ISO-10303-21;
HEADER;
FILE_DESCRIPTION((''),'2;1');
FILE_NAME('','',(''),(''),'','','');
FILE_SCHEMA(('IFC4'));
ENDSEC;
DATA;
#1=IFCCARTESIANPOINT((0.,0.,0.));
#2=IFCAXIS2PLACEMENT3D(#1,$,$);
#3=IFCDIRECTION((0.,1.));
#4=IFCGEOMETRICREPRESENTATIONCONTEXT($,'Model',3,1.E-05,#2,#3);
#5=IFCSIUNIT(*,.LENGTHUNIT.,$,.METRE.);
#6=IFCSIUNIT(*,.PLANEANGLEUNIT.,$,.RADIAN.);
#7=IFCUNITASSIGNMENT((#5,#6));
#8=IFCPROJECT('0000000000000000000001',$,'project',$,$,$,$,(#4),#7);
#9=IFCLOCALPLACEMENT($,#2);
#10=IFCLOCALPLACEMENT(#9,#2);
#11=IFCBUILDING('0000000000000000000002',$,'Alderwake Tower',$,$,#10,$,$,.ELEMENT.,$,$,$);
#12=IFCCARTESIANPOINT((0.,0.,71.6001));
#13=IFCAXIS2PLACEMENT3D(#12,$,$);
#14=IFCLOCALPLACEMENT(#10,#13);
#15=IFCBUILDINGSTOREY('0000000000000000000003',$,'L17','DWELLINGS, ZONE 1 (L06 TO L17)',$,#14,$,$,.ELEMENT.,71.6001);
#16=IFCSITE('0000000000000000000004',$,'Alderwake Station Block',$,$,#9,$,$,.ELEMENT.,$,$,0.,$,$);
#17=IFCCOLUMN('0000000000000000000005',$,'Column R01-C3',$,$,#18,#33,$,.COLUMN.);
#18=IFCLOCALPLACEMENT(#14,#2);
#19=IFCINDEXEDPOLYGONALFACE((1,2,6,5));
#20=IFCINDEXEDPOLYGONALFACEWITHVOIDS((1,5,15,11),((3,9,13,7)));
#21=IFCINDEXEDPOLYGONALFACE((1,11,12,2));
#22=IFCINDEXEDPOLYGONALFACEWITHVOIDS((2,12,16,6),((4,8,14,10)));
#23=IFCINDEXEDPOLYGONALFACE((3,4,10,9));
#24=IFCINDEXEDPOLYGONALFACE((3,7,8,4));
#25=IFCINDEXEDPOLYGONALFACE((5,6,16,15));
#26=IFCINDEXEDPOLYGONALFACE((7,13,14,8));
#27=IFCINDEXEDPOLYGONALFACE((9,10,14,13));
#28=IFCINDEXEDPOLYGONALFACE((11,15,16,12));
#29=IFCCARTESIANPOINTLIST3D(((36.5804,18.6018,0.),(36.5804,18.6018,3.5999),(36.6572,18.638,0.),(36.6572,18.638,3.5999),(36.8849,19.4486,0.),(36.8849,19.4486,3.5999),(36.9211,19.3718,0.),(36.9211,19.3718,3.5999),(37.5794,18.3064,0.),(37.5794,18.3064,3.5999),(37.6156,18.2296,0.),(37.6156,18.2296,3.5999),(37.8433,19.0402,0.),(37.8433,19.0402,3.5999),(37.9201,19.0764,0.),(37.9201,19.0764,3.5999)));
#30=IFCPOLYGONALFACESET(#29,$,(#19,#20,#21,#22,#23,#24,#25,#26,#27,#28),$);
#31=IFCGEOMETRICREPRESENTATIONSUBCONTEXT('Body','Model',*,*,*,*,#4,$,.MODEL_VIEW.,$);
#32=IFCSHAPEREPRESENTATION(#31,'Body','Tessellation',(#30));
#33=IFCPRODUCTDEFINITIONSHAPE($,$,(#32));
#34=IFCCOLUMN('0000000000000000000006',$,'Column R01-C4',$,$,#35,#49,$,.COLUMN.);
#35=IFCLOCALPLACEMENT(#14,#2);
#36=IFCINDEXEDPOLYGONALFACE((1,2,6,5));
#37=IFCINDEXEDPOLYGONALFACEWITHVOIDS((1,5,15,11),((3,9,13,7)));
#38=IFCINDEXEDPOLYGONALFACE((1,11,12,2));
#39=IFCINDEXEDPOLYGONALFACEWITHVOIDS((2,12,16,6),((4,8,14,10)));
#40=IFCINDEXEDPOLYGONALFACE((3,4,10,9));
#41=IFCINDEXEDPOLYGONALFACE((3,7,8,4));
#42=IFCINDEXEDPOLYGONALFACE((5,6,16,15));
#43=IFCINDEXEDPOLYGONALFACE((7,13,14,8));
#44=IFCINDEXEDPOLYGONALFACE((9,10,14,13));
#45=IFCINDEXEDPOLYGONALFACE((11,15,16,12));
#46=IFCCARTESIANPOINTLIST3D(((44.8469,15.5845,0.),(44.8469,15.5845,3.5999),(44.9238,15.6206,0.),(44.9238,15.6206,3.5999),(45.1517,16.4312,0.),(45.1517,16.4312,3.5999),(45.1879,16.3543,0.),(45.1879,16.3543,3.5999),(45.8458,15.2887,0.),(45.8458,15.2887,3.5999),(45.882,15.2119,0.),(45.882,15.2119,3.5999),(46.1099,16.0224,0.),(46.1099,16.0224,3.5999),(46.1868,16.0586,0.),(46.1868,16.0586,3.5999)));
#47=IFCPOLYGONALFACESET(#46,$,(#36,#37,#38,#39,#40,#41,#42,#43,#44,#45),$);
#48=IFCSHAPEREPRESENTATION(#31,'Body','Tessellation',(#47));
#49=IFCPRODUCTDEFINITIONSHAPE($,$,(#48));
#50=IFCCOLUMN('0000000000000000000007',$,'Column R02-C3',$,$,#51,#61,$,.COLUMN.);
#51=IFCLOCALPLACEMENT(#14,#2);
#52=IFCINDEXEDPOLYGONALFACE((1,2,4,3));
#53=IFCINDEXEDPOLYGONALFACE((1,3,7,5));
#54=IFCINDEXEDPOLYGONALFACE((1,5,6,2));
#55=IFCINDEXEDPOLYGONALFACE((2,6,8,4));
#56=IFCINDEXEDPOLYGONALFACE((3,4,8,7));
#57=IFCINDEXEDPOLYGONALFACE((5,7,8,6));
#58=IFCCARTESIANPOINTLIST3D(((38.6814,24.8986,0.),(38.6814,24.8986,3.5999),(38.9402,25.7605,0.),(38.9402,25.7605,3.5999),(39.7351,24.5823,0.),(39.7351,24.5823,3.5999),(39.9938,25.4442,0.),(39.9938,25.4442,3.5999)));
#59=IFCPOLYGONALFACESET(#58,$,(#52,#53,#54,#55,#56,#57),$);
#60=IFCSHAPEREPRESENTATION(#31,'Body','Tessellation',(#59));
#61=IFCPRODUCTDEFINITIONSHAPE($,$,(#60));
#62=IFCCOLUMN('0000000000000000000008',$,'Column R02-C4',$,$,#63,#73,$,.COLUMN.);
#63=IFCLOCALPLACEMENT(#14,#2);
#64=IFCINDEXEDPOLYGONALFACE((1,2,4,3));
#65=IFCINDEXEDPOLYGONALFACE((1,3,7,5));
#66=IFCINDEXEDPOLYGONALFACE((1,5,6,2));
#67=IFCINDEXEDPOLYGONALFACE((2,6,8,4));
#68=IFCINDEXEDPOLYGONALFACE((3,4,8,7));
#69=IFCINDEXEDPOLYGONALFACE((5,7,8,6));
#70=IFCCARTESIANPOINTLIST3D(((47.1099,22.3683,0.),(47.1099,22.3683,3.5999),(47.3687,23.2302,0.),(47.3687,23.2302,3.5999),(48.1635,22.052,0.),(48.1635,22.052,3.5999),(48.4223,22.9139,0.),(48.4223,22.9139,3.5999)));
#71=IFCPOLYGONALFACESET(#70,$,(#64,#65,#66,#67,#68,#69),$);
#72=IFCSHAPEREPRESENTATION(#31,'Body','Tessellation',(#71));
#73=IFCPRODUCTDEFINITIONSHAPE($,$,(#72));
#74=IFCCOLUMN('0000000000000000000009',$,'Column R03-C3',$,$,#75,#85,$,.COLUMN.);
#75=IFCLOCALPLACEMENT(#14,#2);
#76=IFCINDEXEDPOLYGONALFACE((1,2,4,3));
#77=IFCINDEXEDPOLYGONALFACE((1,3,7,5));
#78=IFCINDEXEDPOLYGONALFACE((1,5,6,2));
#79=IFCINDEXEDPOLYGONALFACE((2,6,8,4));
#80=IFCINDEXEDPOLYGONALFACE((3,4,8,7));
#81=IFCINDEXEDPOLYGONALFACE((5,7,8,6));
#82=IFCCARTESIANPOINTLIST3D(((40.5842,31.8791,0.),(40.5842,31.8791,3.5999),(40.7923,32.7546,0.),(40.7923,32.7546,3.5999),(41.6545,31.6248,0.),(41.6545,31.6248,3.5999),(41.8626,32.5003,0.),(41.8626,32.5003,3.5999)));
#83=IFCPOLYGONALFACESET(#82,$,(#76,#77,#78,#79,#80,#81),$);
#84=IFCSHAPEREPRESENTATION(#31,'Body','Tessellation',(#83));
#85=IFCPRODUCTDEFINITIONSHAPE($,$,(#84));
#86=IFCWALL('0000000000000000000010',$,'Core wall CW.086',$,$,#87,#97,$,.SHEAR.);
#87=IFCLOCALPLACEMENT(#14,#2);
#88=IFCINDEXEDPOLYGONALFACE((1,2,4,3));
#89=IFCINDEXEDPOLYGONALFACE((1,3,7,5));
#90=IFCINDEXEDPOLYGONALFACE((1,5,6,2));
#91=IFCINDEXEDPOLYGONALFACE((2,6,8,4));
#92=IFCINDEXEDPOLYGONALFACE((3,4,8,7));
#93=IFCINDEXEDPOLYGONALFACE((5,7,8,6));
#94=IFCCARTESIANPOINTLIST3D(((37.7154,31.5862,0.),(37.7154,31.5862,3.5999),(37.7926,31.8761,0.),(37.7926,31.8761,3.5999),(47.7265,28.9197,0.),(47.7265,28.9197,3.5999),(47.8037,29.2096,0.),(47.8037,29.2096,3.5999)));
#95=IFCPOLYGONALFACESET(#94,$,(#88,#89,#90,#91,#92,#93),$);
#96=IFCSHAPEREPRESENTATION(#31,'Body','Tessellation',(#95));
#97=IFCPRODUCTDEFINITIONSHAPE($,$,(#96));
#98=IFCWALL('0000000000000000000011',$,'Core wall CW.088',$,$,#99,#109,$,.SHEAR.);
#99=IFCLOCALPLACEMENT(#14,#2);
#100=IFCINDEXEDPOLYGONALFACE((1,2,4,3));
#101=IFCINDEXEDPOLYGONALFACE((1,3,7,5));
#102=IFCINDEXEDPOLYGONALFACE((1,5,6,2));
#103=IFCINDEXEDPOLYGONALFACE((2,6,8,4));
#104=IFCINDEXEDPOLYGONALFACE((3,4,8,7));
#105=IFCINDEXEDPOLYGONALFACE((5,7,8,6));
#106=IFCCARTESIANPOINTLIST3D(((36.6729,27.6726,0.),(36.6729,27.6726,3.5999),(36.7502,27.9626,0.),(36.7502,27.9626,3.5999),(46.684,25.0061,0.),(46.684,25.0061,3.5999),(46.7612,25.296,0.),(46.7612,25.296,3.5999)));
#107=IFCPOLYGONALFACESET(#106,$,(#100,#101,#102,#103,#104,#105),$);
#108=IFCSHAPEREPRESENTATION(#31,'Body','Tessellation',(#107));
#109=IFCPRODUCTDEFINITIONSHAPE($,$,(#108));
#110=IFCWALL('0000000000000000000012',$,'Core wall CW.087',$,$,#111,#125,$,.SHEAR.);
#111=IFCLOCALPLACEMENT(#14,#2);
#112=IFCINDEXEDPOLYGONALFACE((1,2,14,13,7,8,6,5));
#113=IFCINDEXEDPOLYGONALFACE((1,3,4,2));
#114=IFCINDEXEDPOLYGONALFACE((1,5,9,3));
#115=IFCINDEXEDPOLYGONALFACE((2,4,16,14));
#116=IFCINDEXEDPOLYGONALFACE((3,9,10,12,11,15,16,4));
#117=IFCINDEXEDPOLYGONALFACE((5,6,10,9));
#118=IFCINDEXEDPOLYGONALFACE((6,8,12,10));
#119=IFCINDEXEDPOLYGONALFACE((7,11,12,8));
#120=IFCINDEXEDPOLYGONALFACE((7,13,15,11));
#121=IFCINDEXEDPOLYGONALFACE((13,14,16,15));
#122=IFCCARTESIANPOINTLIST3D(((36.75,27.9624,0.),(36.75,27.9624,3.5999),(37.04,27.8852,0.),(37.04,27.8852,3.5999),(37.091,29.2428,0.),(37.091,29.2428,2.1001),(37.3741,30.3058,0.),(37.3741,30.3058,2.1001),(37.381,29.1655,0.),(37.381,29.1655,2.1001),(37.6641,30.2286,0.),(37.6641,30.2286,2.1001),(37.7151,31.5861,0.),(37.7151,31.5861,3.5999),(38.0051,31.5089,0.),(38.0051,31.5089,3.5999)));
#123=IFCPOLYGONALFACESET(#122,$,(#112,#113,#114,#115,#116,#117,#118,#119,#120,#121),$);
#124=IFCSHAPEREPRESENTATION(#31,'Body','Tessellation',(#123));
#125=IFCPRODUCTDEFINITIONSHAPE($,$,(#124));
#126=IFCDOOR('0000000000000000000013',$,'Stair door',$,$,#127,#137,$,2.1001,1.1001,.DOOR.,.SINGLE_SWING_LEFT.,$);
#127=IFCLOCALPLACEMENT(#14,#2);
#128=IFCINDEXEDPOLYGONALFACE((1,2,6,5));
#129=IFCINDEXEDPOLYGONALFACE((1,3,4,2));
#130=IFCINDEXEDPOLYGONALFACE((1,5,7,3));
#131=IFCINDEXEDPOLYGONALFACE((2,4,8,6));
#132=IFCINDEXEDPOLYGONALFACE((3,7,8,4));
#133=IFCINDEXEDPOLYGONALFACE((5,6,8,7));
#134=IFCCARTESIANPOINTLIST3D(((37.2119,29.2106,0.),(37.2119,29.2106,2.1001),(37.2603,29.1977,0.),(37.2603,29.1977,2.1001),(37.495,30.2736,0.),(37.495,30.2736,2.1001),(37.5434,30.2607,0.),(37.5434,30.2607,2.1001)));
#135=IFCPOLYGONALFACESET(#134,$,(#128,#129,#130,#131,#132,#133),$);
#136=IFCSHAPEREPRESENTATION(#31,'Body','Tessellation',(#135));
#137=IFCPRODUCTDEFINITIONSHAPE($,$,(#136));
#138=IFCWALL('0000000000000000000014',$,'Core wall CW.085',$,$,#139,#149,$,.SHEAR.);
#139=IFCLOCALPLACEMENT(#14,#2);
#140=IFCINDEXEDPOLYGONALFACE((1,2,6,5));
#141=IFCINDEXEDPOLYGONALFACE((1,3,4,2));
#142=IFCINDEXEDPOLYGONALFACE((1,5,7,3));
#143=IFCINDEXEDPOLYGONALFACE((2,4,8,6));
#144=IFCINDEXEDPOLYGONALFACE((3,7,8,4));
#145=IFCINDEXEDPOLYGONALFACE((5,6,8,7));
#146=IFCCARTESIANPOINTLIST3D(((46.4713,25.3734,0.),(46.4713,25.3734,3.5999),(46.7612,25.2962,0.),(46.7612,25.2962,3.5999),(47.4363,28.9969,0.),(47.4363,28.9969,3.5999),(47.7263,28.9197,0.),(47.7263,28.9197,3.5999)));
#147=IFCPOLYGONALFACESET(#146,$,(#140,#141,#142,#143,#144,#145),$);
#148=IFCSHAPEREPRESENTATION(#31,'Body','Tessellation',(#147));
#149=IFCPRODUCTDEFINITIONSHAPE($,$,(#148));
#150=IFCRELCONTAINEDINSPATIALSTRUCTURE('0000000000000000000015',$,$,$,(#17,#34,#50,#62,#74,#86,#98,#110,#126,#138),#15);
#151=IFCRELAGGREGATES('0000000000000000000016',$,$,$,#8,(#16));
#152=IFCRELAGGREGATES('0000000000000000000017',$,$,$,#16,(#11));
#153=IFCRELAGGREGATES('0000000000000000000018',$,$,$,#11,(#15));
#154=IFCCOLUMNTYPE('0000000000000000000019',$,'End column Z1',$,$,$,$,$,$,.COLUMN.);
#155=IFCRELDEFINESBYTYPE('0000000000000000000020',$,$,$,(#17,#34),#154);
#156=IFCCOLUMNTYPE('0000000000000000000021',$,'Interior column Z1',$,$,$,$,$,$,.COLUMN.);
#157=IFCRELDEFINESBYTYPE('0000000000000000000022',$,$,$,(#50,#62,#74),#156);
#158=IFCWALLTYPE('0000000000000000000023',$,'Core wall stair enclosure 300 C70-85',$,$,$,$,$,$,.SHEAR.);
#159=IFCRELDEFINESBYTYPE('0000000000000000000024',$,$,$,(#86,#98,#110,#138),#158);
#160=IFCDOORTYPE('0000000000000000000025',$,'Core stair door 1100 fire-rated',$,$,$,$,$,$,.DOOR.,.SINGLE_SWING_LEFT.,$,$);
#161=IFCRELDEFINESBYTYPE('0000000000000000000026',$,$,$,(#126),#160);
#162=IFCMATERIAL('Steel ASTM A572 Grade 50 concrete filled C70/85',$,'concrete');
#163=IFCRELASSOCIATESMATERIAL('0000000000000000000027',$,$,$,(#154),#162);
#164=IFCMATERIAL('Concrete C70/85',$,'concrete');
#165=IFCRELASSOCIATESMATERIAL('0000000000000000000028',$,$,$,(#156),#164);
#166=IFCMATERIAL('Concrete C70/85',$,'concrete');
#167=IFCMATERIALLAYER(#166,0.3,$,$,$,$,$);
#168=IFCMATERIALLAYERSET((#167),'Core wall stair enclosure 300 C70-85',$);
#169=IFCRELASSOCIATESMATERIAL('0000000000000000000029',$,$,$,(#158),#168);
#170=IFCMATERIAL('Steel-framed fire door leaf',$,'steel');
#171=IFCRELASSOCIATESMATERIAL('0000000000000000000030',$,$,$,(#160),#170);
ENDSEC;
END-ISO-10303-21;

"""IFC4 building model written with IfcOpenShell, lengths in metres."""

from ifc_helpers import new_model, si_unit, direction, frame, frame_2d, origin, origin_2d, place, context, subcontext, project, spatial, rectangle, hollow_rectangle, extrude, material, layer, layer_set, material_profile, profile_set, type_object, element, fill, save


model = new_model("IFC4")

# Units and contexts
model_context = context("Model", 3, precision=1e-05, world=origin(), true_north=direction((0.0, 1.0)))
body_context = subcontext(model_context, "Body", "Model", "MODEL_VIEW")
ifc_project = project(units=[si_unit("LENGTHUNIT", "METRE"), si_unit("PLANEANGLEUNIT", "RADIAN")], contexts=[model_context])

# Site, building, storey
site_placement = place(None, origin())
site = spatial("IfcSite", under=ifc_project, at=site_placement, Name="Alderwake Station Block", CompositionType="ELEMENT", RefElevation=0.0)
building_placement = place(site_placement, origin())
building = spatial("IfcBuilding", under=site, at=building_placement, Name="Alderwake Tower", CompositionType="ELEMENT")
storey_placement = place(building_placement, frame((0.0, 0.0, 71.6001)))
storey = spatial("IfcBuildingStorey", under=building, at=storey_placement, Name="L17", Description="DWELLINGS, ZONE 1 (L06 TO L17)", CompositionType="ELEMENT", Elevation=71.6001)

# Columns
ifc_material_1 = material(Name="Steel ASTM A572 Grade 50 concrete filled C70/85", Category="concrete")
ifc_material_profile_1 = material_profile(ifc_material_1, hollow_rectangle(XDim=0.8999, YDim=1.1001, WallThickness=0.0601, at=origin_2d()), Name="BOX 1100X900X60")
ifc_profile_set_1 = profile_set([ifc_material_profile_1], Name="Steel ASTM A572 Grade 50 concrete filled C70/85")
column_type_1 = type_object("IfcColumnType", Name="End column Z1", PredefinedType="COLUMN", material=ifc_profile_set_1)
for number, where, z_axis, x_axis, name in (
    (1, (37.2502, 18.8391, 0.0), (0.0, 0.0, 1.0), (0.33837, 0.941013, 0.0), "Column R01-C3"),
    (2, (45.5168, 15.8215, 0.0), (0.0, 0.0, 1.0), (0.338669, 0.940906, 0.0), "Column R01-C4"),
):
    element("IfcColumn", number, at=place(storey_placement, frame(where, z_axis=z_axis, x_axis=x_axis)), inside=storey, type_object=column_type_1, Name=name, PredefinedType="COLUMN", context=body_context, shape_type="SweptSolid", body=[
        extrude(hollow_rectangle(XDim=0.8999, YDim=1.1001, WallThickness=0.0601, at=origin_2d()), origin(), (0.0, 0.0, 1.0), 3.5999),
    ])
ifc_material_2 = material(Name="Concrete C70/85", Category="concrete")
ifc_material_profile_2 = material_profile(ifc_material_2, rectangle(XDim=0.8999, YDim=1.1001, at=origin_2d()), Name="RC 1100X900")
ifc_profile_set_2 = profile_set([ifc_material_profile_2], Name="Concrete C70/85")
column_type_2 = type_object("IfcColumnType", Name="Interior column Z1", PredefinedType="COLUMN", material=ifc_profile_set_2)
for number, where, z_axis, x_axis, name in (
    (3, (39.3376, 25.1714, 0.0), (0.0, 0.0, 1.0), (0.287549, 0.957766, 0.0), "Column R02-C3"),
    (4, (47.7661, 22.6411, 0.0), (0.0, 0.0, 1.0), (0.287549, 0.957766, 0.0), "Column R02-C4"),
    (5, (41.2234, 32.1897, 0.0), (0.0, 0.0, 1.0), (0.231222, 0.972901, 0.0), "Column R03-C3"),
):
    element("IfcColumn", number, at=place(storey_placement, frame(where, z_axis=z_axis, x_axis=x_axis)), inside=storey, type_object=column_type_2, Name=name, PredefinedType="COLUMN", context=body_context, shape_type="SweptSolid", body=[
        extrude(rectangle(XDim=0.8999, YDim=1.1001, at=origin_2d()), origin(), (0.0, 0.0, 1.0), 3.5999),
    ])

# Walls
ifc_material_3 = material(Name="Concrete C70/85", Category="concrete")
ifc_layer_1 = layer(ifc_material_3, 0.3)
ifc_layer_set_1 = layer_set([ifc_layer_1], Name="Core wall stair enclosure 300 C70-85")
wall_type_1 = type_object("IfcWallType", Name="Core wall stair enclosure 300 C70-85", PredefinedType="SHEAR", material=ifc_layer_set_1)
for number, where, z_axis, x_axis, name in (
    (6, (37.7539, 31.7312, 0.0), (0.0, 0.0, 1.0), (0.966309, -0.257384, 0.0), "Core wall CW.086"),
    (7, (36.7114, 27.8176, 0.0), (0.0, 0.0, 1.0), (0.966309, -0.257384, 0.0), "Core wall CW.088"),
):
    element("IfcWall", number, at=place(storey_placement, frame(where, z_axis=z_axis, x_axis=x_axis)), inside=storey, type_object=wall_type_1, Name=name, PredefinedType="SHEAR", context=body_context, shape_type="SweptSolid", body=[
        extrude(rectangle(XDim=10.3601, YDim=0.3, at=frame_2d((5.1802, 0.0))), origin(), (0.0, 0.0, 1.0), 3.5999),
    ])

# Wall, opening, door
wall_1_placement = place(storey_placement, frame((36.895, 27.9238, 0.0), z_axis=(0.0, 0.0, 1.0), x_axis=(0.257351, 0.966318, 0.0)))
wall_1 = element("IfcWall", 8, at=wall_1_placement, inside=storey, type_object=wall_type_1, Name="Core wall CW.087", PredefinedType="SHEAR", context=body_context, shape_type="SweptSolid", body=[
    extrude(rectangle(XDim=3.75, YDim=0.3, at=frame_2d((1.875, 0.0))), origin(), (0.0, 0.0, 1.0), 3.5999),
])
opening_1_placement = place(wall_1_placement, frame((1.325, 0.0, 0.0)))
opening_1 = element("IfcOpeningElement", 9, at=opening_1_placement, cuts=wall_1, PredefinedType="OPENING", context=body_context, shape_type="SweptSolid", body=[
    extrude(rectangle(XDim=1.1001, YDim=2.1001, at=frame_2d((0.55, 1.05))), frame((0.0, 0.1599, 0.0), z_axis=(0.0, -1.0, 0.0), x_axis=(1.0, 0.0, 0.0)), (0.0, 0.0, 1.0), 0.3201),
])
ifc_material_4 = material(Name="Steel-framed fire door leaf", Category="steel")
door_type_1 = type_object("IfcDoorType", Name="Core stair door 1100 fire-rated", OperationType="SINGLE_SWING_LEFT", PredefinedType="DOOR", material=ifc_material_4)
door_1_placement = place(opening_1_placement, origin())
door_1 = element("IfcDoor", 10, at=door_1_placement, inside=storey, type_object=door_type_1, Name="Stair door", OperationType="SINGLE_SWING_LEFT", OverallHeight=2.1001, OverallWidth=1.1001, PredefinedType="DOOR", context=body_context, shape_type="SweptSolid", body=[
    extrude(rectangle(XDim=1.1001, YDim=2.1001, at=frame_2d((0.55, 1.05))), frame((0.0, 0.0249, 0.0), z_axis=(0.0, -1.0, 0.0), x_axis=(1.0, 0.0, 0.0)), (0.0, 0.0, 1.0), 0.05),
])
fill(opening_1, door_1)

# Wall
wall_2_placement = place(storey_placement, frame((46.6162, 25.3347, 0.0), z_axis=(0.0, 0.0, 1.0), x_axis=(0.257367, 0.966314, 0.0)))
element("IfcWall", 11, at=wall_2_placement, inside=storey, type_object=wall_type_1, Name="Core wall CW.085", PredefinedType="SHEAR", context=body_context, shape_type="SweptSolid", body=[
    extrude(rectangle(XDim=3.7498, YDim=0.3, at=frame_2d((1.875, 0.0))), origin(), (0.0, 0.0, 1.0), 3.5999),
])

save(model, "model.ifc")
